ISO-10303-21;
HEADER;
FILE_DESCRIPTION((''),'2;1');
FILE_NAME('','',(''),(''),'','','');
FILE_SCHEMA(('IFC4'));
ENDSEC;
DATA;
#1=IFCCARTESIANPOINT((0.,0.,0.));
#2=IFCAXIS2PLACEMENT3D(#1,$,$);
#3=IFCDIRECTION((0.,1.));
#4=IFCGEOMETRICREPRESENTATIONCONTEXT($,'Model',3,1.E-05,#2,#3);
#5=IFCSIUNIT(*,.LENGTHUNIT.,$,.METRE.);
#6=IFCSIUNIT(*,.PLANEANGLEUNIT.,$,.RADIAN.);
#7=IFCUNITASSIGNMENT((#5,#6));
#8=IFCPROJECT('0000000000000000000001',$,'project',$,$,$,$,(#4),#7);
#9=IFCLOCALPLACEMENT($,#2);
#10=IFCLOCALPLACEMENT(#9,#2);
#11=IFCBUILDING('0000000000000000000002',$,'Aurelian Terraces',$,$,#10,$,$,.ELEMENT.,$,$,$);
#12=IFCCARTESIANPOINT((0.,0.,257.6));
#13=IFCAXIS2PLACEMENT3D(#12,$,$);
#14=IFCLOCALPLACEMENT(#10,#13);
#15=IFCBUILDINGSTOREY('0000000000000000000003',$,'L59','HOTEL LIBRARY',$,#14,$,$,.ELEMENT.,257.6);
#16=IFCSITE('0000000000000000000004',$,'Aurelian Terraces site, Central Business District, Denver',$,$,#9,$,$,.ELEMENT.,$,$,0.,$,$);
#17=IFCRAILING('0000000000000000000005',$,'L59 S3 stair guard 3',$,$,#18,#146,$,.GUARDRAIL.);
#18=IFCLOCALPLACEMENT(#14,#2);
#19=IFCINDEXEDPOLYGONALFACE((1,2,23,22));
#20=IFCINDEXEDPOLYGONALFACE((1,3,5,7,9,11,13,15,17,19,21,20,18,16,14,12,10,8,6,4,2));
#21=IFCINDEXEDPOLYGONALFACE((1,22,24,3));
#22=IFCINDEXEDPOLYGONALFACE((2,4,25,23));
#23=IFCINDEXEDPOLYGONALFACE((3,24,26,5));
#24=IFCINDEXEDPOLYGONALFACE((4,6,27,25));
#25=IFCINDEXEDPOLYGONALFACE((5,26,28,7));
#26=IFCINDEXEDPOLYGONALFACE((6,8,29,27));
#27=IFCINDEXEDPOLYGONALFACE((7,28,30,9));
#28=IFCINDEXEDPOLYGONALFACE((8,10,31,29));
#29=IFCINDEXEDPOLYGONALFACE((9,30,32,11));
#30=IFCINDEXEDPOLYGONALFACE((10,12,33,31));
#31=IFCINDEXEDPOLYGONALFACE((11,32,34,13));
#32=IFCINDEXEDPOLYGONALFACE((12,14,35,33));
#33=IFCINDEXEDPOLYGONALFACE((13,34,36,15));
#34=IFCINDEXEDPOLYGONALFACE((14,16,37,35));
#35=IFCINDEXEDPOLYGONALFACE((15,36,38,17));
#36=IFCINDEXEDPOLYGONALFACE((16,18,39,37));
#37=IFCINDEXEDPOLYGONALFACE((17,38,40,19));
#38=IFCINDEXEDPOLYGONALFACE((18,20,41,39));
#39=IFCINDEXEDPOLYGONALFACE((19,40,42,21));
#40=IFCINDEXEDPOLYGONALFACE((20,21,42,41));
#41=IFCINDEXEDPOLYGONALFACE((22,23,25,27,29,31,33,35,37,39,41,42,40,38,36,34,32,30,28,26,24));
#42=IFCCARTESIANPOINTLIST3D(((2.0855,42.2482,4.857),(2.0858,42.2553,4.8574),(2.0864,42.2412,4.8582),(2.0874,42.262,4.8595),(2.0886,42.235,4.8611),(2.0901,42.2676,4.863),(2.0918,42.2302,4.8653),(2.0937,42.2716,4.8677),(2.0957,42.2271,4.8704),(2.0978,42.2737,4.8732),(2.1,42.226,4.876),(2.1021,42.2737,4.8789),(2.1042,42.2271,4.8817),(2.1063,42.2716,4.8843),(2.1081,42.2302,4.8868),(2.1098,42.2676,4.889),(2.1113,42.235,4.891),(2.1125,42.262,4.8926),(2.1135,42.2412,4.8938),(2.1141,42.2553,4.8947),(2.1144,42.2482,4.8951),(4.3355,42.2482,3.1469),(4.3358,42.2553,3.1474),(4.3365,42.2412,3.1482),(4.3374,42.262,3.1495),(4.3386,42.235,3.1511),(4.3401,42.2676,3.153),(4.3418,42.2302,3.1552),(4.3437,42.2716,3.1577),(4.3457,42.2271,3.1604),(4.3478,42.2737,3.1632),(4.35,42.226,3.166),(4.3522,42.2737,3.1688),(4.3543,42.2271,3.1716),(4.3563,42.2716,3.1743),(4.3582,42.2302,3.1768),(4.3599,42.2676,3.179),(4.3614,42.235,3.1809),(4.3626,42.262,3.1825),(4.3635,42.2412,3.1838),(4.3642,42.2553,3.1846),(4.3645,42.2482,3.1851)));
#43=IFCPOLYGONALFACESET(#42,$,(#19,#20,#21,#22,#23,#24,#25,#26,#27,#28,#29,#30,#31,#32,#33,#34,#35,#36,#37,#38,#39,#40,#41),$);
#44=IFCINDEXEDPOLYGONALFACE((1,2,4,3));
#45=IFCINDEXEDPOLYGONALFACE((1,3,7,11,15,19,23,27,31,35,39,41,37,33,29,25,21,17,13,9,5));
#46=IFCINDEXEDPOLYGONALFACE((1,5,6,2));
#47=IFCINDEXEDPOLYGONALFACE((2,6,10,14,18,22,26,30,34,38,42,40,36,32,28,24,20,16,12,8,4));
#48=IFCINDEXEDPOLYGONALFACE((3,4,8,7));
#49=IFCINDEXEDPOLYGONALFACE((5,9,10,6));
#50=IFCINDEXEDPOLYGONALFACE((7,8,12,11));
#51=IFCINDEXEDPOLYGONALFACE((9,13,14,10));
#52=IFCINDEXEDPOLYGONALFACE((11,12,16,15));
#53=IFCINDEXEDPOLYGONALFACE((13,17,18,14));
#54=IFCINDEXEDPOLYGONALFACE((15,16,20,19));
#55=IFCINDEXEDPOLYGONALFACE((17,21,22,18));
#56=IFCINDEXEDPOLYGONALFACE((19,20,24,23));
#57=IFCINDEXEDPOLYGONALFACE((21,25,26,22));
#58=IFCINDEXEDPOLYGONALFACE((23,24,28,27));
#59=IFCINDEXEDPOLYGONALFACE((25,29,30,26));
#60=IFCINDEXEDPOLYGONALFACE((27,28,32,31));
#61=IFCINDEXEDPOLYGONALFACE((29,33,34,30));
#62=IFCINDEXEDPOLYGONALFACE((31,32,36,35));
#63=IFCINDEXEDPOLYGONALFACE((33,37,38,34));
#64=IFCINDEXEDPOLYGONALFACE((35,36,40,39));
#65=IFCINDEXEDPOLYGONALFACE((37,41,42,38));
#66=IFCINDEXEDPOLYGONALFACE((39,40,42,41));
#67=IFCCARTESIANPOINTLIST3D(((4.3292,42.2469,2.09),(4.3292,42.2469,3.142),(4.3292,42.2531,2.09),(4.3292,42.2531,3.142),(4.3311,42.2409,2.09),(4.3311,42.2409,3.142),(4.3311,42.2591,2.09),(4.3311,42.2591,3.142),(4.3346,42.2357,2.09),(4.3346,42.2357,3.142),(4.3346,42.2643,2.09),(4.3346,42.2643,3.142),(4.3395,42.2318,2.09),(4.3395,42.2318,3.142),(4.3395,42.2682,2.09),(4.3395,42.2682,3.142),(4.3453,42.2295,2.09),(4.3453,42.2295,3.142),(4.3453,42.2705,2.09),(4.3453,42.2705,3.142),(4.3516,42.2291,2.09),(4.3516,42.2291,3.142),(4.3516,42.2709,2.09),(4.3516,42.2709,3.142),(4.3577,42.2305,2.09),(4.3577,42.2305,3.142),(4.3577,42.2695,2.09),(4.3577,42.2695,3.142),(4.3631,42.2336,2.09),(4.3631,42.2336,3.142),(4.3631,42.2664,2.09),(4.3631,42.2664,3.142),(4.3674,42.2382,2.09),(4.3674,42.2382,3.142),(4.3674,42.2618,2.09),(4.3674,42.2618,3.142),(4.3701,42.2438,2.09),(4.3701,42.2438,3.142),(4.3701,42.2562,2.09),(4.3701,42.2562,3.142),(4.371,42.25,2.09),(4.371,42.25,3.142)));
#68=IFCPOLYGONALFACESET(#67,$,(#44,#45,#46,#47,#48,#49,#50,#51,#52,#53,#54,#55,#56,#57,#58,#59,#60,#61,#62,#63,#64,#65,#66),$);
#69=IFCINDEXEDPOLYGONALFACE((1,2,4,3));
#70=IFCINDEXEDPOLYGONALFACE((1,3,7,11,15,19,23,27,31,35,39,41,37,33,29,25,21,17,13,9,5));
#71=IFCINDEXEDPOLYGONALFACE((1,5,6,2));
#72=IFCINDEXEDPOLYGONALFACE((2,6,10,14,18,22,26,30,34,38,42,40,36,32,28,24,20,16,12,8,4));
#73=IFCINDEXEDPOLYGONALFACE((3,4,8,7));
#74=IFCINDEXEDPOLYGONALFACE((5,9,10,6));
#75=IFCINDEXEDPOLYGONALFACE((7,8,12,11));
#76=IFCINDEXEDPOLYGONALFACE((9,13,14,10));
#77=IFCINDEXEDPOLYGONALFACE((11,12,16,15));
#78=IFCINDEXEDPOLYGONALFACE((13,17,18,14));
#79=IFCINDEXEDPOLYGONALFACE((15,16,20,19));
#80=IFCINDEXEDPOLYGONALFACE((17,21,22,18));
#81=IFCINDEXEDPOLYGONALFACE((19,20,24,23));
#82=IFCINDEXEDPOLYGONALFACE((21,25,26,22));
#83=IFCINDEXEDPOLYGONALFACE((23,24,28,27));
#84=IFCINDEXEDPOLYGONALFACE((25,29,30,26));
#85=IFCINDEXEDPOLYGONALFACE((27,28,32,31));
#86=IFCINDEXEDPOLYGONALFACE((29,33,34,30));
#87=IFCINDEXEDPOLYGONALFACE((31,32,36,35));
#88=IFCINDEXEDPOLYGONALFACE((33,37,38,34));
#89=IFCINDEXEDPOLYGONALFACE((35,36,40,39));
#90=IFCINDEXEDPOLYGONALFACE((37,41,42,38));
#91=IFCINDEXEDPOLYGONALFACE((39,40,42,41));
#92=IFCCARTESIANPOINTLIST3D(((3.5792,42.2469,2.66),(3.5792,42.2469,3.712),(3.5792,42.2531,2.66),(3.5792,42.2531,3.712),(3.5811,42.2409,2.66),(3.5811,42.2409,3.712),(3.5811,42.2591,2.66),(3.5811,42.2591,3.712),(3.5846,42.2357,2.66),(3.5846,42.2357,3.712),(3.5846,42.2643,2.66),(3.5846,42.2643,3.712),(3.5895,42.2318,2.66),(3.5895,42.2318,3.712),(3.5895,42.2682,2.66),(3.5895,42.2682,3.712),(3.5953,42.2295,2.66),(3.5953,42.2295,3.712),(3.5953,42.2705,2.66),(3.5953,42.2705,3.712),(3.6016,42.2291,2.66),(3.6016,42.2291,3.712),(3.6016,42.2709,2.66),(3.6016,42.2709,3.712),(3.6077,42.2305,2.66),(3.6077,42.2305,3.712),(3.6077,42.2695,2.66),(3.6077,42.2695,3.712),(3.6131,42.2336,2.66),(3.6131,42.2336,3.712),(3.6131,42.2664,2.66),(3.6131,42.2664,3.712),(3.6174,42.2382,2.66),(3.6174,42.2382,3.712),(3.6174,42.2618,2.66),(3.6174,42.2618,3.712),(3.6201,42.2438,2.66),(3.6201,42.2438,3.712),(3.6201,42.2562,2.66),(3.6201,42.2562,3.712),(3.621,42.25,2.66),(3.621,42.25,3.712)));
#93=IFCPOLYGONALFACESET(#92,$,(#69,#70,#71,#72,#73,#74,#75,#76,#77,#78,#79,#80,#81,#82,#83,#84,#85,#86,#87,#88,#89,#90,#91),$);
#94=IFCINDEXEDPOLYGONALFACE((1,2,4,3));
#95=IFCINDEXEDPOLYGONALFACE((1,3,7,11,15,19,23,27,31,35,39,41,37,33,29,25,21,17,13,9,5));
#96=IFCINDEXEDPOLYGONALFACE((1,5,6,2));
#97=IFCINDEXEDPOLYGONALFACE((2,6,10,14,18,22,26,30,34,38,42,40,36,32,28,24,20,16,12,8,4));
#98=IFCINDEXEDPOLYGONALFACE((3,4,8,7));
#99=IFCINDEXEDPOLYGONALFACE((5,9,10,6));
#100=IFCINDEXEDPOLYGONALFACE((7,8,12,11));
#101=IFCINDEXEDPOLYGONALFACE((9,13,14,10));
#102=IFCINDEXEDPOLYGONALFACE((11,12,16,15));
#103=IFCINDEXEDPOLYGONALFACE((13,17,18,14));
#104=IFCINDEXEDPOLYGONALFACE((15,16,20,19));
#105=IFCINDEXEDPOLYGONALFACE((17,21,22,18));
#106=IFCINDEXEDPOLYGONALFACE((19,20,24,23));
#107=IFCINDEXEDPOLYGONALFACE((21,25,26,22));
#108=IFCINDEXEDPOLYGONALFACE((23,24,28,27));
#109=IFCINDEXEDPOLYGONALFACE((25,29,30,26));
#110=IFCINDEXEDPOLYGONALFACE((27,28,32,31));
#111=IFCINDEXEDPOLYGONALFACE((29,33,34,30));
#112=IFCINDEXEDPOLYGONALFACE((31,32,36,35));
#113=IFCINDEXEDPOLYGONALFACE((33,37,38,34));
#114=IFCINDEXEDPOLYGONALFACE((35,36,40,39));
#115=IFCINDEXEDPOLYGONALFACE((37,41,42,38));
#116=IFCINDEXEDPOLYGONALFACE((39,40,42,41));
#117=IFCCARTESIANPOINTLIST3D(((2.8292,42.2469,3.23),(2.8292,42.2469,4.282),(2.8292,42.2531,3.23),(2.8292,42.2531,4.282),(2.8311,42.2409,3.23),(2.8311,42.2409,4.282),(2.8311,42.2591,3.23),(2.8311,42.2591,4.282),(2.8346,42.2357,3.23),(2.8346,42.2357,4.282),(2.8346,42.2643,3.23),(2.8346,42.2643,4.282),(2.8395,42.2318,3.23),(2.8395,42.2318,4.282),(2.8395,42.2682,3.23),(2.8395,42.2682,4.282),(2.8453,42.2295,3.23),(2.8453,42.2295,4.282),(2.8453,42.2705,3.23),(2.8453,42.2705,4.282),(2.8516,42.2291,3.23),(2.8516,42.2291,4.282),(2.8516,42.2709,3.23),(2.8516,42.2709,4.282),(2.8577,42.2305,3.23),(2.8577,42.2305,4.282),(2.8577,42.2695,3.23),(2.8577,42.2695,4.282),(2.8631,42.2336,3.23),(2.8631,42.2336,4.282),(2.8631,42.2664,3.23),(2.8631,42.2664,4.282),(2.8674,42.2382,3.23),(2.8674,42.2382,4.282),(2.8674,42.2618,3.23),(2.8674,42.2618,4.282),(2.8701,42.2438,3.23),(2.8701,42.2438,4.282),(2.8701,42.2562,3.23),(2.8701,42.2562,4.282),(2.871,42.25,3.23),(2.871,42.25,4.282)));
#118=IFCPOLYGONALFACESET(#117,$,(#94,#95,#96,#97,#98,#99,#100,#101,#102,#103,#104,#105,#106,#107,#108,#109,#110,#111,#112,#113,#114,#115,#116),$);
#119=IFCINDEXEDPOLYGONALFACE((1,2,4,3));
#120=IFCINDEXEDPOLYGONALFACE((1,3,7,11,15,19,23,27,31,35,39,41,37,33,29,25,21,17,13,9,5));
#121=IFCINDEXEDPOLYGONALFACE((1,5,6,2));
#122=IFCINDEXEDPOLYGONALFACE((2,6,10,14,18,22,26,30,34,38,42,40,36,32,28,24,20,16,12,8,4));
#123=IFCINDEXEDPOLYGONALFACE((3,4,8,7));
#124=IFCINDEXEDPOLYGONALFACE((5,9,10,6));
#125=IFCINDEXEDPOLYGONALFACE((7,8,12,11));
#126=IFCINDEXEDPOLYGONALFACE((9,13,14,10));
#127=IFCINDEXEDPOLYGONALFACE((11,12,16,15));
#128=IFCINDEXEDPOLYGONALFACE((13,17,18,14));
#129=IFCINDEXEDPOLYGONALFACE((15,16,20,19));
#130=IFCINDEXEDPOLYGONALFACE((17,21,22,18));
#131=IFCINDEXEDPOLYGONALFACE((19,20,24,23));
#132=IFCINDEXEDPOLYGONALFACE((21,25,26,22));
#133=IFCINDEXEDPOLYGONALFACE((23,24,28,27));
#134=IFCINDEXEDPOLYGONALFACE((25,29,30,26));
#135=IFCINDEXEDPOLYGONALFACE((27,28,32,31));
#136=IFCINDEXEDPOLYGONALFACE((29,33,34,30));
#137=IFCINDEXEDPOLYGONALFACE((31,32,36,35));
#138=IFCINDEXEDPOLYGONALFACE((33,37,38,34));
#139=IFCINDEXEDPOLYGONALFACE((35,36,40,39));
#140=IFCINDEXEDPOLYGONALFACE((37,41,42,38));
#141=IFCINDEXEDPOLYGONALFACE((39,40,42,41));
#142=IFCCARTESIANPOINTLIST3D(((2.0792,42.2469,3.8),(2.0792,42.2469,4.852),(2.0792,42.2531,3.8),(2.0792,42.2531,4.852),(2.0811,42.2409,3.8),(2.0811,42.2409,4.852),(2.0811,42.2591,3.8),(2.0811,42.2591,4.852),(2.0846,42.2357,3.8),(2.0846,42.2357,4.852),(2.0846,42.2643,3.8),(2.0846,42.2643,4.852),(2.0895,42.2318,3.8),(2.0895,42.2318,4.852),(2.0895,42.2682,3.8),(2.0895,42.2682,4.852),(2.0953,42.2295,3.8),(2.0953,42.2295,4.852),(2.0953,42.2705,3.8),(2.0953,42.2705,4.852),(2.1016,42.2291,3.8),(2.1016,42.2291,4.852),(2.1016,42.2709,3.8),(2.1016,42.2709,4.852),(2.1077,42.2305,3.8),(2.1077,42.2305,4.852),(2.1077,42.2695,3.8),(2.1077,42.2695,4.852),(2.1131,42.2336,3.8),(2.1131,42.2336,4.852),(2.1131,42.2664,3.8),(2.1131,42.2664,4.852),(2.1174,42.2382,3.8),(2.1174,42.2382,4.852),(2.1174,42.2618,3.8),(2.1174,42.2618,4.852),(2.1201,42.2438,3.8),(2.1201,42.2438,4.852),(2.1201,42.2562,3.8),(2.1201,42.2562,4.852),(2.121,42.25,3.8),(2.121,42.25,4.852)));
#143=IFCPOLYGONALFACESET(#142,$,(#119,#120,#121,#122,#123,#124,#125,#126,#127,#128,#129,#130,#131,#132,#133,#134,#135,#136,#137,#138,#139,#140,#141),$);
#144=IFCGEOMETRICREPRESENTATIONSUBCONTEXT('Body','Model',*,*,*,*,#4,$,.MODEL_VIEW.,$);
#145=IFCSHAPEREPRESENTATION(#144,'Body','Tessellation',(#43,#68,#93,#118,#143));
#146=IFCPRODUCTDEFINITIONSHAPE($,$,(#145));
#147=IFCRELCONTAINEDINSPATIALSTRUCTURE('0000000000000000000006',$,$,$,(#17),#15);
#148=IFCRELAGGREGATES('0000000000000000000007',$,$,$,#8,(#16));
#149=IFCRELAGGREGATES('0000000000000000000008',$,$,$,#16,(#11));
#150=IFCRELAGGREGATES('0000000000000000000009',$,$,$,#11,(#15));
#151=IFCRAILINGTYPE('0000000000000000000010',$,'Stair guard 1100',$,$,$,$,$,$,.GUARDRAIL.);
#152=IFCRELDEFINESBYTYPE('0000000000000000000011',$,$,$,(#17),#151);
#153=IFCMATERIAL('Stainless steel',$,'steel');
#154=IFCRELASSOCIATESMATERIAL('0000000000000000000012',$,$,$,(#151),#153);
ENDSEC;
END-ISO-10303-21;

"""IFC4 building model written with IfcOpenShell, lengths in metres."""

from ifc_helpers import new_model, si_unit, direction, frame, origin, origin_2d, place, context, subcontext, project, spatial, circle, extrude, source, transform, mapped, material, type_object, element, save


model = new_model("IFC4")

# Units and contexts
model_context = context("Model", 3, precision=1e-05, world=origin(), true_north=direction((0.0, 1.0)))
body_context = subcontext(model_context, "Body", "Model", "MODEL_VIEW")
ifc_project = project(units=[si_unit("LENGTHUNIT", "METRE"), si_unit("PLANEANGLEUNIT", "RADIAN")], contexts=[model_context])

# Site, building, storey
site_placement = place(None, origin())
site = spatial("IfcSite", under=ifc_project, at=site_placement, Name="Aurelian Terraces site, Central Business District, Denver", CompositionType="ELEMENT", RefElevation=0.0)
building_placement = place(site_placement, origin())
building = spatial("IfcBuilding", under=site, at=building_placement, Name="Aurelian Terraces", CompositionType="ELEMENT")
storey_placement = place(building_placement, frame((0.0, 0.0, 257.6)))
storey = spatial("IfcBuildingStorey", under=building, at=storey_placement, Name="L59", Description="HOTEL LIBRARY", CompositionType="ELEMENT", Elevation=257.6)

# Railing
ifc_material_1 = material(Name="Stainless steel", Category="steel")
railing_type_1 = type_object("IfcRailingType", Name="Stair guard 1100", PredefinedType="GUARDRAIL", material=ifc_material_1)
shared_shape_1 = source(origin(), body_context, "Body", "SweptSolid", [
    extrude(circle(Radius=0.024, at=origin_2d()), frame((0.0, 0.0, 1.076), z_axis=(-0.796162, 0.0, 0.605083), x_axis=(0.0, -1.0, 0.0)), (0.0, 0.0, 1.0), 2.8261),
    extrude(circle(Radius=0.021, at=origin_2d()), origin(), (0.0, 0.0, 1.0), 1.052),
    extrude(circle(Radius=0.021, at=origin_2d()), frame((-0.75, 0.0, 0.57)), (0.0, 0.0, 1.0), 1.052),
    extrude(circle(Radius=0.021, at=origin_2d()), frame((-1.5, 0.0, 1.14)), (0.0, 0.0, 1.0), 1.052),
    extrude(circle(Radius=0.021, at=origin_2d()), frame((-2.25, 0.0, 1.71)), (0.0, 0.0, 1.0), 1.052),
])
railing_1_placement = place(storey_placement, frame((4.35, 42.25, 2.09)))
element("IfcRailing", 1, at=railing_1_placement, inside=storey, type_object=railing_type_1, Name="L59 S3 stair guard 3", PredefinedType="GUARDRAIL", context=body_context, shape_type="MappedRepresentation", body=[
    mapped(shared_shape_1, transform((0.0, 0.0, 0.0), scale=1.0)),
])

save(model, "model.ifc")
